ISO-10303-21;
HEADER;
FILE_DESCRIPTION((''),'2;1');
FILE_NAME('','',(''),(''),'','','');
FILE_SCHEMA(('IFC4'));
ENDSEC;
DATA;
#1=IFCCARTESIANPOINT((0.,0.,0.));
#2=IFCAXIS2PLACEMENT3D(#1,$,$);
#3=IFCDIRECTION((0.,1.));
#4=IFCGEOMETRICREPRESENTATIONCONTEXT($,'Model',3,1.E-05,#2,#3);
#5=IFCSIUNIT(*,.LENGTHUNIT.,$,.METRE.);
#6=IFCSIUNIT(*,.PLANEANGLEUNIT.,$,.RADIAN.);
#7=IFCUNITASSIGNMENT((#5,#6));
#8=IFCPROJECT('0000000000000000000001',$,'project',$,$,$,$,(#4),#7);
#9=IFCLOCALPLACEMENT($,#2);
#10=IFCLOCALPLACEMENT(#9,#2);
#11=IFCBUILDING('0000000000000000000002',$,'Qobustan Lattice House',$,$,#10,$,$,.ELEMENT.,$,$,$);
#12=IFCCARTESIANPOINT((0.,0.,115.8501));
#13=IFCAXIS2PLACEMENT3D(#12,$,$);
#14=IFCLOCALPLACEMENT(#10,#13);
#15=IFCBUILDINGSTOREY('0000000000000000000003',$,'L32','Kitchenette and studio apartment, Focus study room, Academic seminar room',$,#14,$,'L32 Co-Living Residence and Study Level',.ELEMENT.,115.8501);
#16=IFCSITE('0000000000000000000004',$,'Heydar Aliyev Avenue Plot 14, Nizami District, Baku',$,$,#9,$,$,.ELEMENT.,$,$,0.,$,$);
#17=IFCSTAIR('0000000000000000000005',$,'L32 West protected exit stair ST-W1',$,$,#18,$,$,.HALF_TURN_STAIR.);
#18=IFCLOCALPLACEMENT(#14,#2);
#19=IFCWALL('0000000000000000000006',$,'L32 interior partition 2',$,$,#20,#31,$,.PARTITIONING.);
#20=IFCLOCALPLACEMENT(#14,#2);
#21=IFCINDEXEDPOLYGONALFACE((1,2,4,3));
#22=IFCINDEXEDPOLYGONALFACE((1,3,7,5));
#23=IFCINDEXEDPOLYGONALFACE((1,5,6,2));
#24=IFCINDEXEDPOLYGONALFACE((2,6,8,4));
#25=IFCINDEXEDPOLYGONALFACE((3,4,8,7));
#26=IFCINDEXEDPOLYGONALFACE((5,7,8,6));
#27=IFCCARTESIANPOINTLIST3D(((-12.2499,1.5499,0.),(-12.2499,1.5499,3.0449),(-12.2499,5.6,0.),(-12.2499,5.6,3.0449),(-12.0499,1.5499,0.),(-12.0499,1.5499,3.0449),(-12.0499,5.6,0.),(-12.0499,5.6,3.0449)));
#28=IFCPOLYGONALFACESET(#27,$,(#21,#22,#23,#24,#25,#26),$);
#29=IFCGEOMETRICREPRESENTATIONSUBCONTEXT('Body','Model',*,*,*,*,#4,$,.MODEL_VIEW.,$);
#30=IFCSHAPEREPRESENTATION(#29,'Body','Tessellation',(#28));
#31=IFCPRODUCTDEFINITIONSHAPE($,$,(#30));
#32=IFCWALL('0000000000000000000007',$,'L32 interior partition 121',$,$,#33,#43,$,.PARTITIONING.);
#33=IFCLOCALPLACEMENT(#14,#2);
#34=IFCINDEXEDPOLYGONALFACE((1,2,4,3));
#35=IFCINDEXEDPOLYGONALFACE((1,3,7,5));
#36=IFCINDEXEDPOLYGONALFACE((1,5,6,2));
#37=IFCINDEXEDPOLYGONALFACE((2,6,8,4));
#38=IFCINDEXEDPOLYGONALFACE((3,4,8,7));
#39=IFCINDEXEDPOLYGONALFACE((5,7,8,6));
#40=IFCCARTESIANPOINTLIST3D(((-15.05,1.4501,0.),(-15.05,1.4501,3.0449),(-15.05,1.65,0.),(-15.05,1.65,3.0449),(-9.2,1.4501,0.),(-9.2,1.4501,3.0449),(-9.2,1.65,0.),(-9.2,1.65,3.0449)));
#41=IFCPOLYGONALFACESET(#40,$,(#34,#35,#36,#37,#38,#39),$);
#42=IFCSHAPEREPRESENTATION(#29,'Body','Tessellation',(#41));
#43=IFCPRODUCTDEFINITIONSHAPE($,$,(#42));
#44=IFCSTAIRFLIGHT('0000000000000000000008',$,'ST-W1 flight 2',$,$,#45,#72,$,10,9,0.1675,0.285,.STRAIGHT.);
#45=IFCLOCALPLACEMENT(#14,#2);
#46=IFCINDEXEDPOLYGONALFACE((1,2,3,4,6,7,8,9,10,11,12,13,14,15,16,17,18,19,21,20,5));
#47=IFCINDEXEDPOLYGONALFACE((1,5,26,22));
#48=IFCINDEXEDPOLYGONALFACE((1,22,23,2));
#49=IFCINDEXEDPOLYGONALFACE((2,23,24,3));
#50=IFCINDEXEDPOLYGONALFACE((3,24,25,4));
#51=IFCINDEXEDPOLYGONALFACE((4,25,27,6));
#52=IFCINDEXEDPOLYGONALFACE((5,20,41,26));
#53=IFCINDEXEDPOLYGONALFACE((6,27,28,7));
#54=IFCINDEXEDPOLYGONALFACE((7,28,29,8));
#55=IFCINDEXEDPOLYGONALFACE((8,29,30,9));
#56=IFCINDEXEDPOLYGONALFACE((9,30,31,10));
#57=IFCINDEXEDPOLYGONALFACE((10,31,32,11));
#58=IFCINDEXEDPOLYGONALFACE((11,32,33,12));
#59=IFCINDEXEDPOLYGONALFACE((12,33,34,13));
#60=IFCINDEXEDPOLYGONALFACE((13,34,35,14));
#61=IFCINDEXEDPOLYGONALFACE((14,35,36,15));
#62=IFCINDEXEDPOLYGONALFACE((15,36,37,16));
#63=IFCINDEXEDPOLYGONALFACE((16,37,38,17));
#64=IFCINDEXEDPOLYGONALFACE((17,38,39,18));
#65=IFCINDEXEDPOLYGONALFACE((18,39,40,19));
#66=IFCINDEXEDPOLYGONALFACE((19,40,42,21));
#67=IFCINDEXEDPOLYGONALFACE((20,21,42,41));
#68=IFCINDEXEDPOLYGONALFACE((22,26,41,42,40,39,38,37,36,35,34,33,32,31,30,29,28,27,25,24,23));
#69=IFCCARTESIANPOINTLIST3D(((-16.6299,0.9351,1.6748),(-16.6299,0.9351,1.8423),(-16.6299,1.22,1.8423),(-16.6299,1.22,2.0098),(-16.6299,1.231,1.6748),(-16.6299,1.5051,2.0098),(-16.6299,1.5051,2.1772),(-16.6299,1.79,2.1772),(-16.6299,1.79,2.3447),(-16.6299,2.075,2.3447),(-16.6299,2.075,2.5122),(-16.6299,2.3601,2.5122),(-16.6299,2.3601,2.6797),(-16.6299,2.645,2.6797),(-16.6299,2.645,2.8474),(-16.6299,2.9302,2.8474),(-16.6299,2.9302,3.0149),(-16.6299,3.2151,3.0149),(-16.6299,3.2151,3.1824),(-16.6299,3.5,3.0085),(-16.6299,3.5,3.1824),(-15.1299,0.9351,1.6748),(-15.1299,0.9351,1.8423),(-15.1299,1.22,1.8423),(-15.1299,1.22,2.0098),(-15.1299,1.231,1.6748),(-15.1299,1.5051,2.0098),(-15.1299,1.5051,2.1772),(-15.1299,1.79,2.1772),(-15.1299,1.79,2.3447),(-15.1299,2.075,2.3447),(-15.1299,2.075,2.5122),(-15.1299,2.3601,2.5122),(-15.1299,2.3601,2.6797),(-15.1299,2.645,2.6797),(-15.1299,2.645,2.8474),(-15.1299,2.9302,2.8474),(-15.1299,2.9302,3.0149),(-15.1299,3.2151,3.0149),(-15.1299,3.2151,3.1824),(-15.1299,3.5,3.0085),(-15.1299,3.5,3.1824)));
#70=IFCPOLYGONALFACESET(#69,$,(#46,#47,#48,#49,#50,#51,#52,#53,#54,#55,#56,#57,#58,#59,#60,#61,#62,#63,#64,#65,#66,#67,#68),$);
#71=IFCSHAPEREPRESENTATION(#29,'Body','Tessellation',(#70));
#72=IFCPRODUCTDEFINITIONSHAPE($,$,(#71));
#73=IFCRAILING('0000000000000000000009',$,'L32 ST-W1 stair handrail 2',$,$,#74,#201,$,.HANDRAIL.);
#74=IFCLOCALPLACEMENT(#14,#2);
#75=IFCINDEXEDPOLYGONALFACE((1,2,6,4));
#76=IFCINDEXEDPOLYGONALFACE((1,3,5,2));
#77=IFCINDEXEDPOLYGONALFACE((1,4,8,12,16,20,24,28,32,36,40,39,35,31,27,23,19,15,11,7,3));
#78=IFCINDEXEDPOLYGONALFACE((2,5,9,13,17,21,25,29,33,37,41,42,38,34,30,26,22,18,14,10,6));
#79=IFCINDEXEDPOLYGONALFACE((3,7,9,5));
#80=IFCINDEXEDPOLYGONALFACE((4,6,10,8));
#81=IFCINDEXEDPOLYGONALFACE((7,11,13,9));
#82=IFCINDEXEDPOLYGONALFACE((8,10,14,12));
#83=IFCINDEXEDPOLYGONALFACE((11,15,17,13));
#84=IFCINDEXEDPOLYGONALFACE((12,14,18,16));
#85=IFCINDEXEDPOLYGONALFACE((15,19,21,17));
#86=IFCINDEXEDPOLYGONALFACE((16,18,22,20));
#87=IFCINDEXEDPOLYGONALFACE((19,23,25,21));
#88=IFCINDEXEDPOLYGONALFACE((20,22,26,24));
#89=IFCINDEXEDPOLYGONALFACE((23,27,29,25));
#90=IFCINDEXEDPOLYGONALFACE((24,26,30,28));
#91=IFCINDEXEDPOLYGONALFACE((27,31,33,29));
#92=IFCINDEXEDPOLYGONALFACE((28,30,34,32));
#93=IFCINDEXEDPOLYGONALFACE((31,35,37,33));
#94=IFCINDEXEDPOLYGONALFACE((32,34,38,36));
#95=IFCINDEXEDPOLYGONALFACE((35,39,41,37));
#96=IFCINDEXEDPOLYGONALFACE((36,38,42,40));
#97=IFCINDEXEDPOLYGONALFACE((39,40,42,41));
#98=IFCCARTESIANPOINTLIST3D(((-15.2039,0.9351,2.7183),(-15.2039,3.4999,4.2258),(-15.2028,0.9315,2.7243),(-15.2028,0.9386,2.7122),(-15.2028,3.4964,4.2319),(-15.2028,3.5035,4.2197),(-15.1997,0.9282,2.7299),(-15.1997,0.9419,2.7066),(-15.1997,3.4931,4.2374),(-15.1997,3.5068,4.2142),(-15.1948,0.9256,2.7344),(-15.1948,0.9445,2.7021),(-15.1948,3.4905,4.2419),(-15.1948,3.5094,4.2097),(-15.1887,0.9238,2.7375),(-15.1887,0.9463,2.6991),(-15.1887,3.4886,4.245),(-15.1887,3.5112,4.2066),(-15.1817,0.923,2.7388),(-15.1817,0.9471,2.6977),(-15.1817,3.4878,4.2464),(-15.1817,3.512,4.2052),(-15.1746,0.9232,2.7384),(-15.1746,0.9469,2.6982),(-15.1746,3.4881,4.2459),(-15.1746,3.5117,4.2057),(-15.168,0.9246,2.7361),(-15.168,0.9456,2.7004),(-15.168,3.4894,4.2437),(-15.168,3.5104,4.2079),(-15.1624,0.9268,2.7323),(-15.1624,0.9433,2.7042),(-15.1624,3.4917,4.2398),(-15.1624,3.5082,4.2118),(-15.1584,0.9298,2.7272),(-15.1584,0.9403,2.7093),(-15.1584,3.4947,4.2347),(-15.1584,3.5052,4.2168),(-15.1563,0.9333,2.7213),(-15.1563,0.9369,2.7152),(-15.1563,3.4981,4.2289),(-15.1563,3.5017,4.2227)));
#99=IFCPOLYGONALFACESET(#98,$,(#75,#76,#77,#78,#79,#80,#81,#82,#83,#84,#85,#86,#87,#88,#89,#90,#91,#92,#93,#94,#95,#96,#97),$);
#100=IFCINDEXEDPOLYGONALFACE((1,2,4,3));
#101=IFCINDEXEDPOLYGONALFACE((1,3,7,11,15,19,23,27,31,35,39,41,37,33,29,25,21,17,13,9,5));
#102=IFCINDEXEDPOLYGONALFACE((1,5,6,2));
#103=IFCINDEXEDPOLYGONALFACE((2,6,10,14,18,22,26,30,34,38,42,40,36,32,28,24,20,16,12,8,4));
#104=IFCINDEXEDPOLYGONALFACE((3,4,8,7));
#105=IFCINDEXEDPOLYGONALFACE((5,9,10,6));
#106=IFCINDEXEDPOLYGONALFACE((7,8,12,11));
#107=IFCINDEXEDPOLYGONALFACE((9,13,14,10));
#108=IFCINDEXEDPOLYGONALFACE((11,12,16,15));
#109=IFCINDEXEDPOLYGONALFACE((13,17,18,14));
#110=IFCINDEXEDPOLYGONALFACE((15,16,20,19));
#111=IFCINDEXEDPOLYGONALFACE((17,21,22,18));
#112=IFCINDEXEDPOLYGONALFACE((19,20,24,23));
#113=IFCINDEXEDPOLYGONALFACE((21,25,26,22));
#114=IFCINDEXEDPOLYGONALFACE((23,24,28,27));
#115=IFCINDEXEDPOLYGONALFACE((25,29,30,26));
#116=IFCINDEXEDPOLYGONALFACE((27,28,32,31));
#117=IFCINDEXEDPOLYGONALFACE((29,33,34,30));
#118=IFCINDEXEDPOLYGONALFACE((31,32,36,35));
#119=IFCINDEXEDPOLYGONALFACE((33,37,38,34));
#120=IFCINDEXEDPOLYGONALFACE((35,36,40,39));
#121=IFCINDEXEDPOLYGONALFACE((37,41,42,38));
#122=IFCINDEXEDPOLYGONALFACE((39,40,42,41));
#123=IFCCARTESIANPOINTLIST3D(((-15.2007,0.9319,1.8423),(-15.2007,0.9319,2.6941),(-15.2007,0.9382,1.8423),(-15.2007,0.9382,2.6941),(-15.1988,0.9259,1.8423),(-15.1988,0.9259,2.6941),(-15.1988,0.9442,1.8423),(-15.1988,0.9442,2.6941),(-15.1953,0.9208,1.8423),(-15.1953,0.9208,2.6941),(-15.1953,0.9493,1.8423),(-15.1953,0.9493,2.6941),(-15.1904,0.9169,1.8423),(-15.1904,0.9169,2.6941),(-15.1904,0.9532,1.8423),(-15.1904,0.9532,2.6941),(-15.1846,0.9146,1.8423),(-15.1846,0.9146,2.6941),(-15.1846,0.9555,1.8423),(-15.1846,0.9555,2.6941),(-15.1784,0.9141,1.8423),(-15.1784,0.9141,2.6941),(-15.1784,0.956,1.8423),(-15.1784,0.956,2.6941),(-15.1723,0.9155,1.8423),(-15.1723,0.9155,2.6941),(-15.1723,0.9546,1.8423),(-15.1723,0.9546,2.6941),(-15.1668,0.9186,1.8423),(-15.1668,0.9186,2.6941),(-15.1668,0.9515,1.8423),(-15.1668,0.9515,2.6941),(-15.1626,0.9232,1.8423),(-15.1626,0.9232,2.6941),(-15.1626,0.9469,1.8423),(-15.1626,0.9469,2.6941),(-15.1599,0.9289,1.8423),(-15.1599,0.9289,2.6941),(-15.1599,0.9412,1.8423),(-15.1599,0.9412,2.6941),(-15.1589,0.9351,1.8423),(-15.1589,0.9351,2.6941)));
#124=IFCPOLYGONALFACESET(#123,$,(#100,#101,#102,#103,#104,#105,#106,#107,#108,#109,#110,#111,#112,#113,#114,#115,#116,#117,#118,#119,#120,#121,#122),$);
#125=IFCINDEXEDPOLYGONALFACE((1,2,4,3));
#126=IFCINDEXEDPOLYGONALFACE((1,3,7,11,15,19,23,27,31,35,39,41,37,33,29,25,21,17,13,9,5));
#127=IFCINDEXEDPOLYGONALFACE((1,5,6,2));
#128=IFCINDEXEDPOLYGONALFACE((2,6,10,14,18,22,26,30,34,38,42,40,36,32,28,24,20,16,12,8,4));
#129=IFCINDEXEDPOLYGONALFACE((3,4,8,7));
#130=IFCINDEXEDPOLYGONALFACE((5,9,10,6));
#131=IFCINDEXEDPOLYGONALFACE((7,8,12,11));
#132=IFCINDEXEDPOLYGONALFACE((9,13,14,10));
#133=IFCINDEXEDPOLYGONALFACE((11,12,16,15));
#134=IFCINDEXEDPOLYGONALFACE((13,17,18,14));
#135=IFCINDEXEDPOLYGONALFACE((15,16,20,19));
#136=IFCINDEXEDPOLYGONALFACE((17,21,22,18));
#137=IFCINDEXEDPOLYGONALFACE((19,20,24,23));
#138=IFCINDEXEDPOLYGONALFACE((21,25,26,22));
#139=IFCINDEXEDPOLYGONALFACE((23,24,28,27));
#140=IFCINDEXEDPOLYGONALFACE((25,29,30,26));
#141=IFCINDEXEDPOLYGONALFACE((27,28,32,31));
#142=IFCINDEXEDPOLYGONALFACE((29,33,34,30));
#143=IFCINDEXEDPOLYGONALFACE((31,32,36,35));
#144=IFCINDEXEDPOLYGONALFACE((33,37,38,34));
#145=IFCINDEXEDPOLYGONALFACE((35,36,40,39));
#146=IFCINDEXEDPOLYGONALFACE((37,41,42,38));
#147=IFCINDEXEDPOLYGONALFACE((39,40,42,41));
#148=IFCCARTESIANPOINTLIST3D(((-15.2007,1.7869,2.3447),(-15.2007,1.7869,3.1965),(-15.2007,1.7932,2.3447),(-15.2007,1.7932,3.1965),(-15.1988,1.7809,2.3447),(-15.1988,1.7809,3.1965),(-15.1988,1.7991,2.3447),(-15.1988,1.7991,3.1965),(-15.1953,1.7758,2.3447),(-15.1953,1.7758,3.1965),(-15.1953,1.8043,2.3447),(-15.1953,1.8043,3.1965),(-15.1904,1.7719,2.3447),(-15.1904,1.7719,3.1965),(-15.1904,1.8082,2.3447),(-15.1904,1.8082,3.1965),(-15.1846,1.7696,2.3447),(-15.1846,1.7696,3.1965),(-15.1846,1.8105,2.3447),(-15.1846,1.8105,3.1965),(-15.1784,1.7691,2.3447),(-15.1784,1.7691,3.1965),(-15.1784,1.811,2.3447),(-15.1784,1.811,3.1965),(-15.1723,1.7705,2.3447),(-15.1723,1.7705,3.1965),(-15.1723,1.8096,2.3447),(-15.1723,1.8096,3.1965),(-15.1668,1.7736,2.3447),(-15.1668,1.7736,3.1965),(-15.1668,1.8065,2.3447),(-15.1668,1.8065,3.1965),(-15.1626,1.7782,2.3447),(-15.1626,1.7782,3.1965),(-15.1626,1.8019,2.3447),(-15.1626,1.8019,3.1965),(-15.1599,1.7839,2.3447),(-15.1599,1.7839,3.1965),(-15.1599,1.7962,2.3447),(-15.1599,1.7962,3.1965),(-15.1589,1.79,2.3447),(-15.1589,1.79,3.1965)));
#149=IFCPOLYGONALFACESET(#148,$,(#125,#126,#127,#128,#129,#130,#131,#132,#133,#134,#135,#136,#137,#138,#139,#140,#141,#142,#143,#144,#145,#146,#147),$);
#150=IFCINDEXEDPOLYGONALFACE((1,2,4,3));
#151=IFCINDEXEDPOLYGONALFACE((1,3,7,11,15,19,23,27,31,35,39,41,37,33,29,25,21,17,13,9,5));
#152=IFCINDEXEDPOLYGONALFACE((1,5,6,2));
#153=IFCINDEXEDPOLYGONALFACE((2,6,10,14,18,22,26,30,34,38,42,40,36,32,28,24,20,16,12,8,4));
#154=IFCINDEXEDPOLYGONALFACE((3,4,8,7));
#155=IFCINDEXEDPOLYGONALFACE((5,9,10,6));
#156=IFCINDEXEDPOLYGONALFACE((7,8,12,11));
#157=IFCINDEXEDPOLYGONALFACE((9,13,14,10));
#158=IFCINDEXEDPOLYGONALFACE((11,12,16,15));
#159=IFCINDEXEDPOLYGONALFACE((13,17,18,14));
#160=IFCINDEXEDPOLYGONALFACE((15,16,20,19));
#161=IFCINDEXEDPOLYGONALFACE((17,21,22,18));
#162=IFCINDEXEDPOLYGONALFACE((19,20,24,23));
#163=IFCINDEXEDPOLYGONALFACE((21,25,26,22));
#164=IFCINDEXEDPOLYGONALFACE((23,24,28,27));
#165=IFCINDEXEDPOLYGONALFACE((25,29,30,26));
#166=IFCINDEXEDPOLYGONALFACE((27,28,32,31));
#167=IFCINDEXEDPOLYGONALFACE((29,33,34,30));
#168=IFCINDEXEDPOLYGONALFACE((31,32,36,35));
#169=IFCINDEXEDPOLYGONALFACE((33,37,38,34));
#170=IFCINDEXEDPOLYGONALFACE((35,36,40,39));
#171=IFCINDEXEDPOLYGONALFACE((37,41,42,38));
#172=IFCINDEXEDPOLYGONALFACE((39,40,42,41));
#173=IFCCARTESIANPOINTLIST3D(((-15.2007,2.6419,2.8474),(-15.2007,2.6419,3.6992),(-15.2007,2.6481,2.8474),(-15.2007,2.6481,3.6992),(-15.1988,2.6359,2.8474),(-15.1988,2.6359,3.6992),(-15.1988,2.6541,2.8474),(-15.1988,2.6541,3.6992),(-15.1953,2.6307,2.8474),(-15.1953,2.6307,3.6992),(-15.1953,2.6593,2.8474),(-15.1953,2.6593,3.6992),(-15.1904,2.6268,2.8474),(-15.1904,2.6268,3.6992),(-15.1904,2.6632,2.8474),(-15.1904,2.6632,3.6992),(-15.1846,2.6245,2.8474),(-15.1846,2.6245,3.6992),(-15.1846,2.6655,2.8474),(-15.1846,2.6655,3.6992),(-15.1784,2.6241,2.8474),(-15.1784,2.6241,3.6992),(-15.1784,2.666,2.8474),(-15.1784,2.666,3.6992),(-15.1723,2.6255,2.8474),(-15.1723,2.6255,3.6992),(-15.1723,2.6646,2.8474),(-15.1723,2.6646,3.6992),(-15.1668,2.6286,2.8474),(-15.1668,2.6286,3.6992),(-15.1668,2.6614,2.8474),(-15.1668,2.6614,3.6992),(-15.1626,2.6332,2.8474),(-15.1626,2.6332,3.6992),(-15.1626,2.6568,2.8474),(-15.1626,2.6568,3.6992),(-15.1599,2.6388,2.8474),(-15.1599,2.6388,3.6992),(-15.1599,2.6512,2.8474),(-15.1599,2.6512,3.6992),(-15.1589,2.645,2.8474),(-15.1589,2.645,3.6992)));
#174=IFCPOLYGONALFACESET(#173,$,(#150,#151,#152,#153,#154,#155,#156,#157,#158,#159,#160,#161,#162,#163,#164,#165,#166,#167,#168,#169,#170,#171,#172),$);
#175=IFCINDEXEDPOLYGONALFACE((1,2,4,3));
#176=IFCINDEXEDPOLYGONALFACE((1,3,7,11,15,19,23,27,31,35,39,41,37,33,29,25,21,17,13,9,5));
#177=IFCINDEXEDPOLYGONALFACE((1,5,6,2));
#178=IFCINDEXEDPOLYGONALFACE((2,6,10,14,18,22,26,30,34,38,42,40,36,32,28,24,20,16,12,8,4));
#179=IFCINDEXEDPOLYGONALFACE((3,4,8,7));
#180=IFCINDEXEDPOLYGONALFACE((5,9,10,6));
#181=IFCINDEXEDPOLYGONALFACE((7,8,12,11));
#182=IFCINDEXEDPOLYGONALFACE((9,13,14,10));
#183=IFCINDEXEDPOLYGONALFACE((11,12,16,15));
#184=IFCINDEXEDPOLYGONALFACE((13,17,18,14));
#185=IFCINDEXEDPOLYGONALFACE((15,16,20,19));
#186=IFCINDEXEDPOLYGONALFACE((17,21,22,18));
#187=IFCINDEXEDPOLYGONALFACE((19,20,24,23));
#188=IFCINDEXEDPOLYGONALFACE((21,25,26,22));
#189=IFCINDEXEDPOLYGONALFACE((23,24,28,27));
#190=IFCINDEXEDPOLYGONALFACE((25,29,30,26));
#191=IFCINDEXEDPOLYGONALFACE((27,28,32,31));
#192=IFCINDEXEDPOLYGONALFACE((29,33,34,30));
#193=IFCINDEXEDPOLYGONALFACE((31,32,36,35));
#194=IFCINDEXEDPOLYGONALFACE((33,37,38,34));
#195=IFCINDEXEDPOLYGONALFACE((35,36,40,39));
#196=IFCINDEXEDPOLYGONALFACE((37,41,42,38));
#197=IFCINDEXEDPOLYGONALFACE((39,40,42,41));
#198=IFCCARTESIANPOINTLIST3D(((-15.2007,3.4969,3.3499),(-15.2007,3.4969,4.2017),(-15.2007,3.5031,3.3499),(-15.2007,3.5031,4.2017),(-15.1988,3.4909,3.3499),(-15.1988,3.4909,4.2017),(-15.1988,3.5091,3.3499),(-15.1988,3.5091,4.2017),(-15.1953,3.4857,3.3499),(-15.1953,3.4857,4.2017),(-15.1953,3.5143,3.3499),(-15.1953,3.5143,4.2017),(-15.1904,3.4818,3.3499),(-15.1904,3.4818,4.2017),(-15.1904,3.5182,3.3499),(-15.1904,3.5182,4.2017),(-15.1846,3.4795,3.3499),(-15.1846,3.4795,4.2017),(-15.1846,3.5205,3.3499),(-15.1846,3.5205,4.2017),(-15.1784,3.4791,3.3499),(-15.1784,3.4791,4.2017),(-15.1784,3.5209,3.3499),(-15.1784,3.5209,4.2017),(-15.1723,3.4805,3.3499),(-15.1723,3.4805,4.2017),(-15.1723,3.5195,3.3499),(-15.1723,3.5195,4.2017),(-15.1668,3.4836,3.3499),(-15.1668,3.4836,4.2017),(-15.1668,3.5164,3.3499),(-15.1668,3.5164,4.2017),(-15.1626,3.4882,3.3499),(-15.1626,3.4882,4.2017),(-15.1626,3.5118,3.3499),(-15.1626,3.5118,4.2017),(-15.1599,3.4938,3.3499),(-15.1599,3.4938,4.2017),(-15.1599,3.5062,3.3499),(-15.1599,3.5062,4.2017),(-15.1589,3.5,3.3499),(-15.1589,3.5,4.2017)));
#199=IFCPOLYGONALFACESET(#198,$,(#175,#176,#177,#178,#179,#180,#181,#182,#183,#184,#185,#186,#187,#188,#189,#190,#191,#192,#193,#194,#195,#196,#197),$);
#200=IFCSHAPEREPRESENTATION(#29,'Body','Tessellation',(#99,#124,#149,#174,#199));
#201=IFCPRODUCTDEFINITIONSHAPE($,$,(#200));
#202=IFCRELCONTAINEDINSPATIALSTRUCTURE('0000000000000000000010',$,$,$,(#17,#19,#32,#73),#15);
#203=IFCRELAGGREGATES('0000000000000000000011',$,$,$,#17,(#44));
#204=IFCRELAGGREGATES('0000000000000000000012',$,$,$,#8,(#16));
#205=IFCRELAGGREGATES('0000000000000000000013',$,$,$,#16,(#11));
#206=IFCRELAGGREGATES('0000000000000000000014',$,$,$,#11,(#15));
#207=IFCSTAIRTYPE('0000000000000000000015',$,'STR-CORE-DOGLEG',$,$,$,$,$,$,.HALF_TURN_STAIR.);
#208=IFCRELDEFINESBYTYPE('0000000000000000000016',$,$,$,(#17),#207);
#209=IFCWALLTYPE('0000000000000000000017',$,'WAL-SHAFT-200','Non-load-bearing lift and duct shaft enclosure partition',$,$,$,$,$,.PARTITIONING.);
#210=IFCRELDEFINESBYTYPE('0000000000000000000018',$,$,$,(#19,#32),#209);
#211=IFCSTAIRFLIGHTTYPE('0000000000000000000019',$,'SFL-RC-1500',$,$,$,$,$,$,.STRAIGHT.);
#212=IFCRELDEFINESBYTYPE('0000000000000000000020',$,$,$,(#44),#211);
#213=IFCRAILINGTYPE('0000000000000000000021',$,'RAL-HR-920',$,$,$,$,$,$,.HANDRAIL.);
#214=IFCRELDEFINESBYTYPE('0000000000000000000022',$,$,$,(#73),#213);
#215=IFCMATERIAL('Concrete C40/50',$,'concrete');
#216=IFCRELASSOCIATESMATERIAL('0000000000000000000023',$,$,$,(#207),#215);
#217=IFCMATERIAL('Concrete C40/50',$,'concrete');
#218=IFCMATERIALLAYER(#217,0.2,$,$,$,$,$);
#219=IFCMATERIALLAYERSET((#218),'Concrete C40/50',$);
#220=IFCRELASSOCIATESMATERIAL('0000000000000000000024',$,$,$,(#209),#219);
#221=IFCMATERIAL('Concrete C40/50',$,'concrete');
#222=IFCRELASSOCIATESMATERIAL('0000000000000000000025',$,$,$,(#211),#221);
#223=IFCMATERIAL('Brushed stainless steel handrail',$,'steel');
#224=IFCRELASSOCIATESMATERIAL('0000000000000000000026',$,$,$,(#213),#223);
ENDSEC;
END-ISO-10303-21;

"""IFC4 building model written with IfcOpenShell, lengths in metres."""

from ifc_helpers import new_model, si_unit, direction, frame, frame_2d, origin, origin_2d, place, context, subcontext, project, spatial, polyline, rectangle, circle, outline, extrude, material, layer, layer_set, type_object, element, aggregate, save


model = new_model("IFC4")

# Units and contexts
model_context = context("Model", 3, precision=1e-05, world=origin(), true_north=direction((0.0, 1.0)))
body_context = subcontext(model_context, "Body", "Model", "MODEL_VIEW")
ifc_project = project(units=[si_unit("LENGTHUNIT", "METRE"), si_unit("PLANEANGLEUNIT", "RADIAN")], contexts=[model_context])

# Site, building, storey
site_placement = place(None, origin())
site = spatial("IfcSite", under=ifc_project, at=site_placement, Name="Heydar Aliyev Avenue Plot 14, Nizami District, Baku", CompositionType="ELEMENT", RefElevation=0.0)
building_placement = place(site_placement, origin())
building = spatial("IfcBuilding", under=site, at=building_placement, Name="Qobustan Lattice House", CompositionType="ELEMENT")
storey_placement = place(building_placement, frame((0.0, 0.0, 115.8501)))
storey = spatial("IfcBuildingStorey", under=building, at=storey_placement, Name="L32", Description="Kitchenette and studio apartment, Focus study room, Academic seminar room", LongName="L32 Co-Living Residence and Study Level", CompositionType="ELEMENT", Elevation=115.8501)

# Stair
ifc_material_1 = material(Name="Concrete C40/50", Category="concrete")
stair_type = type_object("IfcStairType", Name="STR-CORE-DOGLEG", PredefinedType="HALF_TURN_STAIR", material=ifc_material_1)
stair_1_placement = place(storey_placement, origin())
stair_1 = element("IfcStair", 1, at=stair_1_placement, inside=storey, type_object=stair_type, Name="L32 West protected exit stair ST-W1", PredefinedType="HALF_TURN_STAIR")

# Walls
ifc_material_2 = material(Name="Concrete C40/50", Category="concrete")
ifc_layer_1 = layer(ifc_material_2, 0.2)
ifc_layer_set_1 = layer_set([ifc_layer_1], Name="Concrete C40/50")
wall_type_1 = type_object("IfcWallType", Name="WAL-SHAFT-200", Description="Non-load-bearing lift and duct shaft enclosure partition", PredefinedType="PARTITIONING", material=ifc_layer_set_1)
wall_1_placement = place(storey_placement, frame((-12.1499, 1.55, 0.0), z_axis=(0.0, 0.0, 1.0), x_axis=(0.0, 1.0, 0.0)))
element("IfcWall", 2, at=wall_1_placement, inside=storey, type_object=wall_type_1, Name="L32 interior partition 2", PredefinedType="PARTITIONING", context=body_context, shape_type="SweptSolid", body=[
    extrude(rectangle(XDim=4.05, YDim=0.2, at=frame_2d((2.0249, 0.0))), origin(), (0.0, 0.0, 1.0), 3.0449),
])
wall_2_placement = place(storey_placement, frame((-15.05, 1.55, 0.0), z_axis=(0.0, 0.0, 1.0), x_axis=(1.0, 0.0, 0.0)))
element("IfcWall", 3, at=wall_2_placement, inside=storey, type_object=wall_type_1, Name="L32 interior partition 121", PredefinedType="PARTITIONING", context=body_context, shape_type="SweptSolid", body=[
    extrude(rectangle(XDim=5.8501, YDim=0.2, at=frame_2d((2.925, 0.0))), origin(), (0.0, 0.0, 1.0), 3.0449),
])

# Stair flight
ifc_material_3 = material(Name="Concrete C40/50", Category="concrete")
stair_flight_type = type_object("IfcStairFlightType", Name="SFL-RC-1500", PredefinedType="STRAIGHT", material=ifc_material_3)
stair_flight_placement = place(storey_placement, frame((-15.8799, 0.9351, 1.6748), z_axis=(0.0, 0.0, 1.0), x_axis=(0.0, 1.0, 0.0)))
stair_flight = element("IfcStairFlight", 4, at=stair_flight_placement, type_object=stair_flight_type, Name="ST-W1 flight 2", NumberOfRisers=10, NumberOfTreads=9, PredefinedType="STRAIGHT", RiserHeight=0.1675, TreadLength=0.285, context=body_context, shape_type="SweptSolid", body=[
    extrude(outline(polyline([(0.0, 0.0), (0.0, 0.1675), (0.2849, 0.1675), (0.2849, 0.335), (0.5701, 0.335), (0.5701, 0.5024), (0.855, 0.5024), (0.855, 0.6699), (1.1399, 0.6699), (1.1399, 0.8374), (1.425, 0.8374), (1.425, 1.0049), (1.71, 1.0049), (1.71, 1.1726), (1.9951, 1.1726), (1.9951, 1.3401), (2.28, 1.3401), (2.28, 1.5076), (2.5649, 1.5076), (2.5649, 1.675), (2.5649, 1.3337), (0.2959, 0.0), (0.0, 0.0)])), frame((0.0, 0.75, 0.0), z_axis=(0.0, -1.0, 0.0), x_axis=(1.0, 0.0, 0.0)), (0.0, 0.0, 1.0), 1.5),
])
aggregate(stair_1, [stair_flight])

# Railing
ifc_material_4 = material(Name="Brushed stainless steel handrail", Category="steel")
railing_type_1 = type_object("IfcRailingType", Name="RAL-HR-920", PredefinedType="HANDRAIL", material=ifc_material_4)
railing_1_placement = place(storey_placement, frame((-15.1799, 0.9351, 1.8423)))
element("IfcRailing", 5, at=railing_1_placement, inside=storey, type_object=railing_type_1, Name="L32 ST-W1 stair handrail 2", PredefinedType="HANDRAIL", context=body_context, shape_type="SweptSolid", body=[
    extrude(circle(Radius=0.0239, at=origin_2d()), frame((0.0, 0.0, 0.876), z_axis=(0.0, 0.862113, 0.506715), x_axis=(-1.0, 0.0, 0.0)), (0.0, 0.0, 1.0), 2.9751),
    extrude(circle(Radius=0.021, at=origin_2d()), origin(), (0.0, 0.0, 1.0), 0.8518),
    extrude(circle(Radius=0.021, at=origin_2d()), frame((0.0, 0.855, 0.5024)), (0.0, 0.0, 1.0), 0.8518),
    extrude(circle(Radius=0.021, at=origin_2d()), frame((0.0, 1.71, 1.0051)), (0.0, 0.0, 1.0), 0.8518),
    extrude(circle(Radius=0.021, at=origin_2d()), frame((0.0, 2.5649, 1.5076)), (0.0, 0.0, 1.0), 0.8518),
])

save(model, "model.ifc")
